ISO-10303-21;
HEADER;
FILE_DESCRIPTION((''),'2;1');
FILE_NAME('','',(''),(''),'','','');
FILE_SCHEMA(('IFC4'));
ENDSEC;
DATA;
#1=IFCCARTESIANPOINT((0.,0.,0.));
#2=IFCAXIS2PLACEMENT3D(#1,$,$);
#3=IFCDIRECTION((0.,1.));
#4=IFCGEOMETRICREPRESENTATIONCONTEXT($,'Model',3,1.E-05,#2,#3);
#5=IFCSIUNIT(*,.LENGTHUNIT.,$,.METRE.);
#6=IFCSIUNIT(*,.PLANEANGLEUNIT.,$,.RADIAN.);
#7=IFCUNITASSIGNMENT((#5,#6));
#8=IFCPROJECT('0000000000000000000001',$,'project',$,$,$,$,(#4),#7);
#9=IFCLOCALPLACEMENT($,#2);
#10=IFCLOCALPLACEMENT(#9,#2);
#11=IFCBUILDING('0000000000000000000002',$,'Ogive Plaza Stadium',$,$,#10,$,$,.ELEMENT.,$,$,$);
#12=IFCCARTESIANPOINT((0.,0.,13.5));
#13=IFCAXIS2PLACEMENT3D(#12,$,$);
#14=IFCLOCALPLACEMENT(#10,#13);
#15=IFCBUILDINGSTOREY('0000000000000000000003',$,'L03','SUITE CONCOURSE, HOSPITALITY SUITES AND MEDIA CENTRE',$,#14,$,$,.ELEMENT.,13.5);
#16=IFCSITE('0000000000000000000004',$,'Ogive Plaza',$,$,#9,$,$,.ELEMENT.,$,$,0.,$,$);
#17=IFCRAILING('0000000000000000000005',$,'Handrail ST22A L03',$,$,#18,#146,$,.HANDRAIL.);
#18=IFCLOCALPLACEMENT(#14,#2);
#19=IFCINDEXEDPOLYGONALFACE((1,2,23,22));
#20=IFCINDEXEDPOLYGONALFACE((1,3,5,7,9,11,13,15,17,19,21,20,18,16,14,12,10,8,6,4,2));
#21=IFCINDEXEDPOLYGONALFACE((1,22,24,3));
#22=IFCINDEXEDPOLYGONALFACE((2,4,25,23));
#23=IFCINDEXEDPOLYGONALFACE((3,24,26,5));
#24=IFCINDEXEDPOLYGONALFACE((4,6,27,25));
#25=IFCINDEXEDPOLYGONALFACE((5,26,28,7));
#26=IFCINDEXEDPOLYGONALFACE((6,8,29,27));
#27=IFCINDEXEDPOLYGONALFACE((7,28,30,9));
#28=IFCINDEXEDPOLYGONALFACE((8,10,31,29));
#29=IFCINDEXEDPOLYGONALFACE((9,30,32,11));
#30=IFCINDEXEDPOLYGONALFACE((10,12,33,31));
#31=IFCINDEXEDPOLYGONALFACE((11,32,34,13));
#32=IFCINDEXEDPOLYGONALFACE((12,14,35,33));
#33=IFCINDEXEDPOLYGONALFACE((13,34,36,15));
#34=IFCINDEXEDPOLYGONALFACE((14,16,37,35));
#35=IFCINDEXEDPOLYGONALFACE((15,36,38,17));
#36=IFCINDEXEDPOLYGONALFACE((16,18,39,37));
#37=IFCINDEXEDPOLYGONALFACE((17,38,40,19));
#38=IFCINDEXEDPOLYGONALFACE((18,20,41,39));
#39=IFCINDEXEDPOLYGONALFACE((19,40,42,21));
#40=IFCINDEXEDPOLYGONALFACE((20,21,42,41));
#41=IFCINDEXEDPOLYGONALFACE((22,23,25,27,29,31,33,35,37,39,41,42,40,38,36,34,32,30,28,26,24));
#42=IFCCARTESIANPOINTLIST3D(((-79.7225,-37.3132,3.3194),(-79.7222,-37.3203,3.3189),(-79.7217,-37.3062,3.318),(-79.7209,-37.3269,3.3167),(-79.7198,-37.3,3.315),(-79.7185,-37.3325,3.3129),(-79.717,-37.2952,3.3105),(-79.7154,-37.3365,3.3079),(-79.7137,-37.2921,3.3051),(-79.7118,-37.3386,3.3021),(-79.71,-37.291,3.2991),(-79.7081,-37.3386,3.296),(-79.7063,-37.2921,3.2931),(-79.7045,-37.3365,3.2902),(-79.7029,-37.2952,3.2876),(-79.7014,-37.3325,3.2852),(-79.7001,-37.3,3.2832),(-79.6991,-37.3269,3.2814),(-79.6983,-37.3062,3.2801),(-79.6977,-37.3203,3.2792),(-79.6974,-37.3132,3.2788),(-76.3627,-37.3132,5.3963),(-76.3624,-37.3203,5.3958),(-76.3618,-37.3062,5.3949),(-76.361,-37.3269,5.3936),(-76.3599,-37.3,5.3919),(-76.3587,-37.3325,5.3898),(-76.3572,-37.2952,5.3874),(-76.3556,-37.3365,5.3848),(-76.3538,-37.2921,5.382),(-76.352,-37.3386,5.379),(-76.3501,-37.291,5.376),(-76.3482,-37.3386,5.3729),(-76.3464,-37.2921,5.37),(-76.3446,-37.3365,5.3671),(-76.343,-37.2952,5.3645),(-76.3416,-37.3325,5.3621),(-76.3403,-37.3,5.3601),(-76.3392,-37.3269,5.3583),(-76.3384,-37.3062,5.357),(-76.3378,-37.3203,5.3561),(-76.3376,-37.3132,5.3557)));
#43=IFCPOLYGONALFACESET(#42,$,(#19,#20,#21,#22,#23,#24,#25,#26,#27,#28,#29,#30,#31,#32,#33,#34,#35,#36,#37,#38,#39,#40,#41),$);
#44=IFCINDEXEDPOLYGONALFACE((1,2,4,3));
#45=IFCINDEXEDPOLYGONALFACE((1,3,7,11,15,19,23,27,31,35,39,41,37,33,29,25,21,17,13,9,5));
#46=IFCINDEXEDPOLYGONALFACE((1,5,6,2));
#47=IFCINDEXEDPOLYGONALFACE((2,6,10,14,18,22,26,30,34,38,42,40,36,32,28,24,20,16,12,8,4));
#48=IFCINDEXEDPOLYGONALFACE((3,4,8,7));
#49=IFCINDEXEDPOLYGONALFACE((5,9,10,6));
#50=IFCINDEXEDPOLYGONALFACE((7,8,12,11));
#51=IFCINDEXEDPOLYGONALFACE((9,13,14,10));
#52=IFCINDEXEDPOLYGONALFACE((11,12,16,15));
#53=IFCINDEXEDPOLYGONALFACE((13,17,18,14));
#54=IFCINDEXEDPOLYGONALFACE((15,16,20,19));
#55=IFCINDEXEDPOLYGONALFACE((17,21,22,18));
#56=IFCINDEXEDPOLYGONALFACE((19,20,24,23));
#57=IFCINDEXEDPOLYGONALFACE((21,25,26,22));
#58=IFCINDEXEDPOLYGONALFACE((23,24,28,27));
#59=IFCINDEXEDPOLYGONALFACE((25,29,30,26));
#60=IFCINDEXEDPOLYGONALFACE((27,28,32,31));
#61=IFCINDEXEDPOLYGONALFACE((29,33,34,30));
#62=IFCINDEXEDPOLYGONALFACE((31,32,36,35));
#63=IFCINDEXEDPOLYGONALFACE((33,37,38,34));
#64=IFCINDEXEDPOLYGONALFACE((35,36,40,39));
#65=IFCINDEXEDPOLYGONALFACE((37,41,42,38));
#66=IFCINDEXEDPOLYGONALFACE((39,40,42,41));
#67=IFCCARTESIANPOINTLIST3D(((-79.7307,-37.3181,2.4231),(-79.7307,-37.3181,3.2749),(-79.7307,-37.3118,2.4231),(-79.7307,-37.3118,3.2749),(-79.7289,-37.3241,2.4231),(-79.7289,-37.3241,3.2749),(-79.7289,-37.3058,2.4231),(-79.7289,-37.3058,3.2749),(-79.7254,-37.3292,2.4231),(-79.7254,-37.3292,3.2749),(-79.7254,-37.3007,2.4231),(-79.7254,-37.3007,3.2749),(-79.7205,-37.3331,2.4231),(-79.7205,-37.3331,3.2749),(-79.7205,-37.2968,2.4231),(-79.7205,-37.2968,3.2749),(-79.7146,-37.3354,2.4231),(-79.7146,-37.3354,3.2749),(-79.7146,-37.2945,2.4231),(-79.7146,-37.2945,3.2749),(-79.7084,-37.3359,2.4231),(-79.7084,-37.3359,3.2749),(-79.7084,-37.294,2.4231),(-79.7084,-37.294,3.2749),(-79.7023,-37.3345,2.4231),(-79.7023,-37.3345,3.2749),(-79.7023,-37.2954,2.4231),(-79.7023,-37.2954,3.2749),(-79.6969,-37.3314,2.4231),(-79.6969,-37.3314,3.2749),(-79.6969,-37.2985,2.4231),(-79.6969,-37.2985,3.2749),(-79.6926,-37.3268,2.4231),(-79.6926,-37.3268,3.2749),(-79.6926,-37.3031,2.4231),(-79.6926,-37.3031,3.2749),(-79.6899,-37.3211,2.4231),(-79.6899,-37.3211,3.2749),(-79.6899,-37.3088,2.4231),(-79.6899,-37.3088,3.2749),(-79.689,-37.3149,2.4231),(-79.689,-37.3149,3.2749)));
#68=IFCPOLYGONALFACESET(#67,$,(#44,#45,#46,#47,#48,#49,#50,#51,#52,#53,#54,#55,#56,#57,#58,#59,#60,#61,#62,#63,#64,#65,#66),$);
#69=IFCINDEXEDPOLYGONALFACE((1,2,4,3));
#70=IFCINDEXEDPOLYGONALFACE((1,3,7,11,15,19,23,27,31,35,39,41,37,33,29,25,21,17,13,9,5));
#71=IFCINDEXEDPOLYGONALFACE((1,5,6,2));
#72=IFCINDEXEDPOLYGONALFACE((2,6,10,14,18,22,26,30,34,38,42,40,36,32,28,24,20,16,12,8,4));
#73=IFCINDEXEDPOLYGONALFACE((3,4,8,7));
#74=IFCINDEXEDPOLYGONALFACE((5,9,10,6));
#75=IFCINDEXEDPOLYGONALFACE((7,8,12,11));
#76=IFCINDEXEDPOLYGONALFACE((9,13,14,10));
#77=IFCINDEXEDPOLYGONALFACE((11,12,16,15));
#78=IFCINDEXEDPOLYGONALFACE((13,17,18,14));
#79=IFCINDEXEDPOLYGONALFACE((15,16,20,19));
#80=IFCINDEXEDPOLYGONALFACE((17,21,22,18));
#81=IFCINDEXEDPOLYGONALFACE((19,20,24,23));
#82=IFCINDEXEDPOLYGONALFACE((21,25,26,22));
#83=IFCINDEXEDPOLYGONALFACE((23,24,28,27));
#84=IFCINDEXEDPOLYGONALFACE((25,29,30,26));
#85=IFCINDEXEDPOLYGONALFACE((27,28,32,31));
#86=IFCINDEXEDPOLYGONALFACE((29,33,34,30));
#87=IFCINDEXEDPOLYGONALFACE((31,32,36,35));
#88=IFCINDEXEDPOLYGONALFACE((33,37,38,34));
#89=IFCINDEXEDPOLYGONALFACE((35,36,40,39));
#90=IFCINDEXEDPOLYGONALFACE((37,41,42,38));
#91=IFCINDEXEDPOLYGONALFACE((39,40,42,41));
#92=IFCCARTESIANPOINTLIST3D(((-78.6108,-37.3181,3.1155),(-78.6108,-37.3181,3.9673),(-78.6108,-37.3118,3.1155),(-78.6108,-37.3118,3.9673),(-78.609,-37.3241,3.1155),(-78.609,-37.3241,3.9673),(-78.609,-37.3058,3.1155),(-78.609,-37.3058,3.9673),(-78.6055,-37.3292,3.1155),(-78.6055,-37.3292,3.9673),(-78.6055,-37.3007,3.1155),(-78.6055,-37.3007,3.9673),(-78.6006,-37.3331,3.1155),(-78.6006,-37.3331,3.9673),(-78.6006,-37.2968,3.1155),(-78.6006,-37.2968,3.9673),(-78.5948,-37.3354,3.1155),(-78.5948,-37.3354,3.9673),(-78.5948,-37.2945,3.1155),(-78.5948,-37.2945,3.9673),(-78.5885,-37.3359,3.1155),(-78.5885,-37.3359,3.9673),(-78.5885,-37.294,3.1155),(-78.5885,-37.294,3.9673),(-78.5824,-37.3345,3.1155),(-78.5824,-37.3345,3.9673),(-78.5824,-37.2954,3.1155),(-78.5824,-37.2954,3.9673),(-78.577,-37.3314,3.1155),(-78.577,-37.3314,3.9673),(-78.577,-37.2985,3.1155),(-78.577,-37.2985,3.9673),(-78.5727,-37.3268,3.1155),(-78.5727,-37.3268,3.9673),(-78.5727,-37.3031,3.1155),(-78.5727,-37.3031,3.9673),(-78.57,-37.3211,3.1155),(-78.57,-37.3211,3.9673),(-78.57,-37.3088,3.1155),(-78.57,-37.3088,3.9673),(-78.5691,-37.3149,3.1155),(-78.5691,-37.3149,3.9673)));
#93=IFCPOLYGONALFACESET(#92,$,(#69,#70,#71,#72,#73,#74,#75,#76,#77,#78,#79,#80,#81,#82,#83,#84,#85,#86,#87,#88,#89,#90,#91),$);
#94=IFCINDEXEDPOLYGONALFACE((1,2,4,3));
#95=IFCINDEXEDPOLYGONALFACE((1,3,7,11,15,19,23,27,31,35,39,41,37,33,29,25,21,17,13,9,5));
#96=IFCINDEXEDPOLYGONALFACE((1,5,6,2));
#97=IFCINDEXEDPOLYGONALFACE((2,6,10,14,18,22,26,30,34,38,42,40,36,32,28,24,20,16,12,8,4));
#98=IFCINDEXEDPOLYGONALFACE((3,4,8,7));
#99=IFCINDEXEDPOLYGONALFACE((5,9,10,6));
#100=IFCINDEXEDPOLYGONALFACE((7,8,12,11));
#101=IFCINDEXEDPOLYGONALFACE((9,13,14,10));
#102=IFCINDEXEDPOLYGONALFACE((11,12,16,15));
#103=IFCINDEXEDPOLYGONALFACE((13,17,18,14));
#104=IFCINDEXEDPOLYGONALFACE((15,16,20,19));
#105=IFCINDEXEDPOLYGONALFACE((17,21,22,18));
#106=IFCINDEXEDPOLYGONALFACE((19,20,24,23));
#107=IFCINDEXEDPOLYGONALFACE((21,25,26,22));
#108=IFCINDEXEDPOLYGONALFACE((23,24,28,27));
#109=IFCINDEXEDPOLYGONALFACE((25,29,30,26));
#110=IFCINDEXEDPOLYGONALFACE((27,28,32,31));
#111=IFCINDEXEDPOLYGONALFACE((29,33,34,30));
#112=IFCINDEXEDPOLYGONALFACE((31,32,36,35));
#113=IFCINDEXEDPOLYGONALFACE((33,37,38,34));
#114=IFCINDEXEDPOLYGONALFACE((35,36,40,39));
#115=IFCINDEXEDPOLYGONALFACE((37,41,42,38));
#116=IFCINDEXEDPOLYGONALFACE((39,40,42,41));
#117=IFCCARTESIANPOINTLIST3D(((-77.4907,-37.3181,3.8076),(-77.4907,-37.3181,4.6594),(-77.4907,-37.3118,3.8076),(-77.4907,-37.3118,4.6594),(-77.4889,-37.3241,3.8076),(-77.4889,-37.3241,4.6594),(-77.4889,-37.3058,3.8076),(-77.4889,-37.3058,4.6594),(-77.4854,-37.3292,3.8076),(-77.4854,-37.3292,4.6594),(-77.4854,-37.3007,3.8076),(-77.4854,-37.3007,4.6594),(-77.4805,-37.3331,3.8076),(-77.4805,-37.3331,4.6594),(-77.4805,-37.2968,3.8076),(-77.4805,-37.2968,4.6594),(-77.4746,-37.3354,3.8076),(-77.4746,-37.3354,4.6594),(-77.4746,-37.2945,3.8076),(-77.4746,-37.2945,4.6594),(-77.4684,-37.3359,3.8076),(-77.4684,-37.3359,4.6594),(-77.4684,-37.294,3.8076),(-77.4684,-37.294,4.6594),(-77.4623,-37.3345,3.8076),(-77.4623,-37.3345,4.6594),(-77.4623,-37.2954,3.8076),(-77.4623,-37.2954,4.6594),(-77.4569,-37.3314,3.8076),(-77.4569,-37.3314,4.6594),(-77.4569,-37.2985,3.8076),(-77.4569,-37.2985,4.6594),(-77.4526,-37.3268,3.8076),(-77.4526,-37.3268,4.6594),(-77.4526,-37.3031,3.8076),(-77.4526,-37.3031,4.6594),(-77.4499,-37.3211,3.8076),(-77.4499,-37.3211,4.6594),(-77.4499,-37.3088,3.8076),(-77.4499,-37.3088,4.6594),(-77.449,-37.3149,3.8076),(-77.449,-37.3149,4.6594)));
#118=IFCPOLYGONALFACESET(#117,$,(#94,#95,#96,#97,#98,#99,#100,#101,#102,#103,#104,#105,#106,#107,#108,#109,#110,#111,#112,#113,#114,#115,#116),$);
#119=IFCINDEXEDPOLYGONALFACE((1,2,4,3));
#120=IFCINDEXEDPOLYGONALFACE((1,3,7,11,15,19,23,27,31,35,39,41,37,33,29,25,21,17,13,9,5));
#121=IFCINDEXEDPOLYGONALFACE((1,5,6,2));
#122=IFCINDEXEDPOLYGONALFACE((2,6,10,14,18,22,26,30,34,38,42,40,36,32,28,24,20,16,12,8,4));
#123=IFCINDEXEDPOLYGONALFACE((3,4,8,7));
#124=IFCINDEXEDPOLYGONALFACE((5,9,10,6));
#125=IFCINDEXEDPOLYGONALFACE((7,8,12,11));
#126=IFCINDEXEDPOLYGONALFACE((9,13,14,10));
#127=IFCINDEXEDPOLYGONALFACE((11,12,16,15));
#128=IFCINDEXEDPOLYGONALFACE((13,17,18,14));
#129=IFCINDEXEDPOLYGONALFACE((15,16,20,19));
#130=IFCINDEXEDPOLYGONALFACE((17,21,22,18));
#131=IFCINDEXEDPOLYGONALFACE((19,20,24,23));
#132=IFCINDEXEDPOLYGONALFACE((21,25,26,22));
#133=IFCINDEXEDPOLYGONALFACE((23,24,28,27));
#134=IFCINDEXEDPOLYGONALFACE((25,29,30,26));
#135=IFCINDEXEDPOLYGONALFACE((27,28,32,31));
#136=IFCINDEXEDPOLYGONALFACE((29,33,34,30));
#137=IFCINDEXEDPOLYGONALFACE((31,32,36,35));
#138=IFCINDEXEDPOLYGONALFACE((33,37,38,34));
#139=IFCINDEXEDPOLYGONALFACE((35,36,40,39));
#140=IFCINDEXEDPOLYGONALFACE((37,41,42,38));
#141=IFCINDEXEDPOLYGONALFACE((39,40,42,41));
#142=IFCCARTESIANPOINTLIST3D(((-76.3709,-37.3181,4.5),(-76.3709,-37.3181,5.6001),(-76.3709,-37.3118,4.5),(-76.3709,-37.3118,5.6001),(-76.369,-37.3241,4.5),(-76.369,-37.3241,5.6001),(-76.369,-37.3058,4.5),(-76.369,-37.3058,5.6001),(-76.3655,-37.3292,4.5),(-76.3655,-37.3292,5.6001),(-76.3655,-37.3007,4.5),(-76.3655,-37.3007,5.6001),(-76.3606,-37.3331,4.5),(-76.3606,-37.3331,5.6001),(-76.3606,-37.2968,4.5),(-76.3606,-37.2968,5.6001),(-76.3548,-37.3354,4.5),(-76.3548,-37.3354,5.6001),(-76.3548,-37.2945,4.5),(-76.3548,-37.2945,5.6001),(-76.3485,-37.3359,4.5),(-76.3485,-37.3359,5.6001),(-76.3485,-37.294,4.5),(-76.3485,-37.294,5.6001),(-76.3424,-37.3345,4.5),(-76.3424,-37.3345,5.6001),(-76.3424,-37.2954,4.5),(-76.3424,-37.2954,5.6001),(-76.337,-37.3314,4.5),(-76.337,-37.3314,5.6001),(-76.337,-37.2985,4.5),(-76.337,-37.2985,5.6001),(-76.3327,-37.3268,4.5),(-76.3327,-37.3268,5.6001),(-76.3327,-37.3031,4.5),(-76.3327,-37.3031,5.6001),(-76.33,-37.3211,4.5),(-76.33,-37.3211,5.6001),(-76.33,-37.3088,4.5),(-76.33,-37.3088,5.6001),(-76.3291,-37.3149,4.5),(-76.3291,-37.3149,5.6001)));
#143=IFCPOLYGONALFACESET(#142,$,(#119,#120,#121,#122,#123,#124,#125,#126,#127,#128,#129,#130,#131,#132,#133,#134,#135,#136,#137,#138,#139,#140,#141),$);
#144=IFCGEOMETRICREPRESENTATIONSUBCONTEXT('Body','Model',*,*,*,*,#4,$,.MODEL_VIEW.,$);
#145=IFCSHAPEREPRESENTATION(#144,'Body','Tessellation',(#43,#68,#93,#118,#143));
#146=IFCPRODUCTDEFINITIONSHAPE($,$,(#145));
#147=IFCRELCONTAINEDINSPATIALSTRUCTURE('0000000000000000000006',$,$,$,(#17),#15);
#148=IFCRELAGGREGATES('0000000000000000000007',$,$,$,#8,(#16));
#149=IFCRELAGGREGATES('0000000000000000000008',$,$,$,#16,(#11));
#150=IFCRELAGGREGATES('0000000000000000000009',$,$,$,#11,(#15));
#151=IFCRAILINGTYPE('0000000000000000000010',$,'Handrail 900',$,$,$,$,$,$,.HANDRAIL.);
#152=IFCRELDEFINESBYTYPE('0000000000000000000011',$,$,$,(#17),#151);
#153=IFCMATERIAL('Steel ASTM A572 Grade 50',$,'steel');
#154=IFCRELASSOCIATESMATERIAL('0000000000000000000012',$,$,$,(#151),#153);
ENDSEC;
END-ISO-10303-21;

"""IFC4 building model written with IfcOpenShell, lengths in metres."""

from ifc_helpers import new_model, si_unit, direction, frame, origin, origin_2d, place, context, subcontext, project, spatial, circle, extrude, material, type_object, element, save


model = new_model("IFC4")

# Units and contexts
model_context = context("Model", 3, precision=1e-05, world=origin(), true_north=direction((0.0, 1.0)))
body_context = subcontext(model_context, "Body", "Model", "MODEL_VIEW")
ifc_project = project(units=[si_unit("LENGTHUNIT", "METRE"), si_unit("PLANEANGLEUNIT", "RADIAN")], contexts=[model_context])

# Site, building, storey
site_placement = place(None, origin())
site = spatial("IfcSite", under=ifc_project, at=site_placement, Name="Ogive Plaza", CompositionType="ELEMENT", RefElevation=0.0)
building_placement = place(site_placement, origin())
building = spatial("IfcBuilding", under=site, at=building_placement, Name="Ogive Plaza Stadium", CompositionType="ELEMENT")
storey_placement = place(building_placement, frame((0.0, 0.0, 13.5)))
storey = spatial("IfcBuildingStorey", under=building, at=storey_placement, Name="L03", Description="SUITE CONCOURSE, HOSPITALITY SUITES AND MEDIA CENTRE", CompositionType="ELEMENT", Elevation=13.5)

# Railing
ifc_material_1 = material(Name="Steel ASTM A572 Grade 50", Category="steel")
railing_type = type_object("IfcRailingType", Name="Handrail 900", PredefinedType="HANDRAIL", material=ifc_material_1)
for number, where, name in (
    (1, (-79.71, -37.3149, 2.4231), "Handrail ST22A L03"),
):
    element("IfcRailing", number, at=place(storey_placement, frame(where)), inside=storey, type_object=railing_type, Name=name, PredefinedType="HANDRAIL", context=body_context, shape_type="SweptSolid", body=[
        extrude(circle(Radius=0.0239, at=origin_2d()), frame((0.0, 0.0, 0.876), z_axis=(0.850606, 0.0, 0.525803), x_axis=(0.0, 1.0, 0.0)), (0.0, 0.0, 1.0), 3.95),
        extrude(circle(Radius=0.021, at=origin_2d()), origin(), (0.0, 0.0, 1.0), 0.8518),
        extrude(circle(Radius=0.021, at=origin_2d()), frame((1.1199, 0.0, 0.6924)), (0.0, 0.0, 1.0), 0.8518),
        extrude(circle(Radius=0.021, at=origin_2d()), frame((2.24, 0.0, 1.3845)), (0.0, 0.0, 1.0), 0.8518),
        extrude(circle(Radius=0.021, at=origin_2d()), frame((3.3599, 0.0, 2.0769)), (0.0, 0.0, 1.0), 1.1001),
    ])

save(model, "model.ifc")
